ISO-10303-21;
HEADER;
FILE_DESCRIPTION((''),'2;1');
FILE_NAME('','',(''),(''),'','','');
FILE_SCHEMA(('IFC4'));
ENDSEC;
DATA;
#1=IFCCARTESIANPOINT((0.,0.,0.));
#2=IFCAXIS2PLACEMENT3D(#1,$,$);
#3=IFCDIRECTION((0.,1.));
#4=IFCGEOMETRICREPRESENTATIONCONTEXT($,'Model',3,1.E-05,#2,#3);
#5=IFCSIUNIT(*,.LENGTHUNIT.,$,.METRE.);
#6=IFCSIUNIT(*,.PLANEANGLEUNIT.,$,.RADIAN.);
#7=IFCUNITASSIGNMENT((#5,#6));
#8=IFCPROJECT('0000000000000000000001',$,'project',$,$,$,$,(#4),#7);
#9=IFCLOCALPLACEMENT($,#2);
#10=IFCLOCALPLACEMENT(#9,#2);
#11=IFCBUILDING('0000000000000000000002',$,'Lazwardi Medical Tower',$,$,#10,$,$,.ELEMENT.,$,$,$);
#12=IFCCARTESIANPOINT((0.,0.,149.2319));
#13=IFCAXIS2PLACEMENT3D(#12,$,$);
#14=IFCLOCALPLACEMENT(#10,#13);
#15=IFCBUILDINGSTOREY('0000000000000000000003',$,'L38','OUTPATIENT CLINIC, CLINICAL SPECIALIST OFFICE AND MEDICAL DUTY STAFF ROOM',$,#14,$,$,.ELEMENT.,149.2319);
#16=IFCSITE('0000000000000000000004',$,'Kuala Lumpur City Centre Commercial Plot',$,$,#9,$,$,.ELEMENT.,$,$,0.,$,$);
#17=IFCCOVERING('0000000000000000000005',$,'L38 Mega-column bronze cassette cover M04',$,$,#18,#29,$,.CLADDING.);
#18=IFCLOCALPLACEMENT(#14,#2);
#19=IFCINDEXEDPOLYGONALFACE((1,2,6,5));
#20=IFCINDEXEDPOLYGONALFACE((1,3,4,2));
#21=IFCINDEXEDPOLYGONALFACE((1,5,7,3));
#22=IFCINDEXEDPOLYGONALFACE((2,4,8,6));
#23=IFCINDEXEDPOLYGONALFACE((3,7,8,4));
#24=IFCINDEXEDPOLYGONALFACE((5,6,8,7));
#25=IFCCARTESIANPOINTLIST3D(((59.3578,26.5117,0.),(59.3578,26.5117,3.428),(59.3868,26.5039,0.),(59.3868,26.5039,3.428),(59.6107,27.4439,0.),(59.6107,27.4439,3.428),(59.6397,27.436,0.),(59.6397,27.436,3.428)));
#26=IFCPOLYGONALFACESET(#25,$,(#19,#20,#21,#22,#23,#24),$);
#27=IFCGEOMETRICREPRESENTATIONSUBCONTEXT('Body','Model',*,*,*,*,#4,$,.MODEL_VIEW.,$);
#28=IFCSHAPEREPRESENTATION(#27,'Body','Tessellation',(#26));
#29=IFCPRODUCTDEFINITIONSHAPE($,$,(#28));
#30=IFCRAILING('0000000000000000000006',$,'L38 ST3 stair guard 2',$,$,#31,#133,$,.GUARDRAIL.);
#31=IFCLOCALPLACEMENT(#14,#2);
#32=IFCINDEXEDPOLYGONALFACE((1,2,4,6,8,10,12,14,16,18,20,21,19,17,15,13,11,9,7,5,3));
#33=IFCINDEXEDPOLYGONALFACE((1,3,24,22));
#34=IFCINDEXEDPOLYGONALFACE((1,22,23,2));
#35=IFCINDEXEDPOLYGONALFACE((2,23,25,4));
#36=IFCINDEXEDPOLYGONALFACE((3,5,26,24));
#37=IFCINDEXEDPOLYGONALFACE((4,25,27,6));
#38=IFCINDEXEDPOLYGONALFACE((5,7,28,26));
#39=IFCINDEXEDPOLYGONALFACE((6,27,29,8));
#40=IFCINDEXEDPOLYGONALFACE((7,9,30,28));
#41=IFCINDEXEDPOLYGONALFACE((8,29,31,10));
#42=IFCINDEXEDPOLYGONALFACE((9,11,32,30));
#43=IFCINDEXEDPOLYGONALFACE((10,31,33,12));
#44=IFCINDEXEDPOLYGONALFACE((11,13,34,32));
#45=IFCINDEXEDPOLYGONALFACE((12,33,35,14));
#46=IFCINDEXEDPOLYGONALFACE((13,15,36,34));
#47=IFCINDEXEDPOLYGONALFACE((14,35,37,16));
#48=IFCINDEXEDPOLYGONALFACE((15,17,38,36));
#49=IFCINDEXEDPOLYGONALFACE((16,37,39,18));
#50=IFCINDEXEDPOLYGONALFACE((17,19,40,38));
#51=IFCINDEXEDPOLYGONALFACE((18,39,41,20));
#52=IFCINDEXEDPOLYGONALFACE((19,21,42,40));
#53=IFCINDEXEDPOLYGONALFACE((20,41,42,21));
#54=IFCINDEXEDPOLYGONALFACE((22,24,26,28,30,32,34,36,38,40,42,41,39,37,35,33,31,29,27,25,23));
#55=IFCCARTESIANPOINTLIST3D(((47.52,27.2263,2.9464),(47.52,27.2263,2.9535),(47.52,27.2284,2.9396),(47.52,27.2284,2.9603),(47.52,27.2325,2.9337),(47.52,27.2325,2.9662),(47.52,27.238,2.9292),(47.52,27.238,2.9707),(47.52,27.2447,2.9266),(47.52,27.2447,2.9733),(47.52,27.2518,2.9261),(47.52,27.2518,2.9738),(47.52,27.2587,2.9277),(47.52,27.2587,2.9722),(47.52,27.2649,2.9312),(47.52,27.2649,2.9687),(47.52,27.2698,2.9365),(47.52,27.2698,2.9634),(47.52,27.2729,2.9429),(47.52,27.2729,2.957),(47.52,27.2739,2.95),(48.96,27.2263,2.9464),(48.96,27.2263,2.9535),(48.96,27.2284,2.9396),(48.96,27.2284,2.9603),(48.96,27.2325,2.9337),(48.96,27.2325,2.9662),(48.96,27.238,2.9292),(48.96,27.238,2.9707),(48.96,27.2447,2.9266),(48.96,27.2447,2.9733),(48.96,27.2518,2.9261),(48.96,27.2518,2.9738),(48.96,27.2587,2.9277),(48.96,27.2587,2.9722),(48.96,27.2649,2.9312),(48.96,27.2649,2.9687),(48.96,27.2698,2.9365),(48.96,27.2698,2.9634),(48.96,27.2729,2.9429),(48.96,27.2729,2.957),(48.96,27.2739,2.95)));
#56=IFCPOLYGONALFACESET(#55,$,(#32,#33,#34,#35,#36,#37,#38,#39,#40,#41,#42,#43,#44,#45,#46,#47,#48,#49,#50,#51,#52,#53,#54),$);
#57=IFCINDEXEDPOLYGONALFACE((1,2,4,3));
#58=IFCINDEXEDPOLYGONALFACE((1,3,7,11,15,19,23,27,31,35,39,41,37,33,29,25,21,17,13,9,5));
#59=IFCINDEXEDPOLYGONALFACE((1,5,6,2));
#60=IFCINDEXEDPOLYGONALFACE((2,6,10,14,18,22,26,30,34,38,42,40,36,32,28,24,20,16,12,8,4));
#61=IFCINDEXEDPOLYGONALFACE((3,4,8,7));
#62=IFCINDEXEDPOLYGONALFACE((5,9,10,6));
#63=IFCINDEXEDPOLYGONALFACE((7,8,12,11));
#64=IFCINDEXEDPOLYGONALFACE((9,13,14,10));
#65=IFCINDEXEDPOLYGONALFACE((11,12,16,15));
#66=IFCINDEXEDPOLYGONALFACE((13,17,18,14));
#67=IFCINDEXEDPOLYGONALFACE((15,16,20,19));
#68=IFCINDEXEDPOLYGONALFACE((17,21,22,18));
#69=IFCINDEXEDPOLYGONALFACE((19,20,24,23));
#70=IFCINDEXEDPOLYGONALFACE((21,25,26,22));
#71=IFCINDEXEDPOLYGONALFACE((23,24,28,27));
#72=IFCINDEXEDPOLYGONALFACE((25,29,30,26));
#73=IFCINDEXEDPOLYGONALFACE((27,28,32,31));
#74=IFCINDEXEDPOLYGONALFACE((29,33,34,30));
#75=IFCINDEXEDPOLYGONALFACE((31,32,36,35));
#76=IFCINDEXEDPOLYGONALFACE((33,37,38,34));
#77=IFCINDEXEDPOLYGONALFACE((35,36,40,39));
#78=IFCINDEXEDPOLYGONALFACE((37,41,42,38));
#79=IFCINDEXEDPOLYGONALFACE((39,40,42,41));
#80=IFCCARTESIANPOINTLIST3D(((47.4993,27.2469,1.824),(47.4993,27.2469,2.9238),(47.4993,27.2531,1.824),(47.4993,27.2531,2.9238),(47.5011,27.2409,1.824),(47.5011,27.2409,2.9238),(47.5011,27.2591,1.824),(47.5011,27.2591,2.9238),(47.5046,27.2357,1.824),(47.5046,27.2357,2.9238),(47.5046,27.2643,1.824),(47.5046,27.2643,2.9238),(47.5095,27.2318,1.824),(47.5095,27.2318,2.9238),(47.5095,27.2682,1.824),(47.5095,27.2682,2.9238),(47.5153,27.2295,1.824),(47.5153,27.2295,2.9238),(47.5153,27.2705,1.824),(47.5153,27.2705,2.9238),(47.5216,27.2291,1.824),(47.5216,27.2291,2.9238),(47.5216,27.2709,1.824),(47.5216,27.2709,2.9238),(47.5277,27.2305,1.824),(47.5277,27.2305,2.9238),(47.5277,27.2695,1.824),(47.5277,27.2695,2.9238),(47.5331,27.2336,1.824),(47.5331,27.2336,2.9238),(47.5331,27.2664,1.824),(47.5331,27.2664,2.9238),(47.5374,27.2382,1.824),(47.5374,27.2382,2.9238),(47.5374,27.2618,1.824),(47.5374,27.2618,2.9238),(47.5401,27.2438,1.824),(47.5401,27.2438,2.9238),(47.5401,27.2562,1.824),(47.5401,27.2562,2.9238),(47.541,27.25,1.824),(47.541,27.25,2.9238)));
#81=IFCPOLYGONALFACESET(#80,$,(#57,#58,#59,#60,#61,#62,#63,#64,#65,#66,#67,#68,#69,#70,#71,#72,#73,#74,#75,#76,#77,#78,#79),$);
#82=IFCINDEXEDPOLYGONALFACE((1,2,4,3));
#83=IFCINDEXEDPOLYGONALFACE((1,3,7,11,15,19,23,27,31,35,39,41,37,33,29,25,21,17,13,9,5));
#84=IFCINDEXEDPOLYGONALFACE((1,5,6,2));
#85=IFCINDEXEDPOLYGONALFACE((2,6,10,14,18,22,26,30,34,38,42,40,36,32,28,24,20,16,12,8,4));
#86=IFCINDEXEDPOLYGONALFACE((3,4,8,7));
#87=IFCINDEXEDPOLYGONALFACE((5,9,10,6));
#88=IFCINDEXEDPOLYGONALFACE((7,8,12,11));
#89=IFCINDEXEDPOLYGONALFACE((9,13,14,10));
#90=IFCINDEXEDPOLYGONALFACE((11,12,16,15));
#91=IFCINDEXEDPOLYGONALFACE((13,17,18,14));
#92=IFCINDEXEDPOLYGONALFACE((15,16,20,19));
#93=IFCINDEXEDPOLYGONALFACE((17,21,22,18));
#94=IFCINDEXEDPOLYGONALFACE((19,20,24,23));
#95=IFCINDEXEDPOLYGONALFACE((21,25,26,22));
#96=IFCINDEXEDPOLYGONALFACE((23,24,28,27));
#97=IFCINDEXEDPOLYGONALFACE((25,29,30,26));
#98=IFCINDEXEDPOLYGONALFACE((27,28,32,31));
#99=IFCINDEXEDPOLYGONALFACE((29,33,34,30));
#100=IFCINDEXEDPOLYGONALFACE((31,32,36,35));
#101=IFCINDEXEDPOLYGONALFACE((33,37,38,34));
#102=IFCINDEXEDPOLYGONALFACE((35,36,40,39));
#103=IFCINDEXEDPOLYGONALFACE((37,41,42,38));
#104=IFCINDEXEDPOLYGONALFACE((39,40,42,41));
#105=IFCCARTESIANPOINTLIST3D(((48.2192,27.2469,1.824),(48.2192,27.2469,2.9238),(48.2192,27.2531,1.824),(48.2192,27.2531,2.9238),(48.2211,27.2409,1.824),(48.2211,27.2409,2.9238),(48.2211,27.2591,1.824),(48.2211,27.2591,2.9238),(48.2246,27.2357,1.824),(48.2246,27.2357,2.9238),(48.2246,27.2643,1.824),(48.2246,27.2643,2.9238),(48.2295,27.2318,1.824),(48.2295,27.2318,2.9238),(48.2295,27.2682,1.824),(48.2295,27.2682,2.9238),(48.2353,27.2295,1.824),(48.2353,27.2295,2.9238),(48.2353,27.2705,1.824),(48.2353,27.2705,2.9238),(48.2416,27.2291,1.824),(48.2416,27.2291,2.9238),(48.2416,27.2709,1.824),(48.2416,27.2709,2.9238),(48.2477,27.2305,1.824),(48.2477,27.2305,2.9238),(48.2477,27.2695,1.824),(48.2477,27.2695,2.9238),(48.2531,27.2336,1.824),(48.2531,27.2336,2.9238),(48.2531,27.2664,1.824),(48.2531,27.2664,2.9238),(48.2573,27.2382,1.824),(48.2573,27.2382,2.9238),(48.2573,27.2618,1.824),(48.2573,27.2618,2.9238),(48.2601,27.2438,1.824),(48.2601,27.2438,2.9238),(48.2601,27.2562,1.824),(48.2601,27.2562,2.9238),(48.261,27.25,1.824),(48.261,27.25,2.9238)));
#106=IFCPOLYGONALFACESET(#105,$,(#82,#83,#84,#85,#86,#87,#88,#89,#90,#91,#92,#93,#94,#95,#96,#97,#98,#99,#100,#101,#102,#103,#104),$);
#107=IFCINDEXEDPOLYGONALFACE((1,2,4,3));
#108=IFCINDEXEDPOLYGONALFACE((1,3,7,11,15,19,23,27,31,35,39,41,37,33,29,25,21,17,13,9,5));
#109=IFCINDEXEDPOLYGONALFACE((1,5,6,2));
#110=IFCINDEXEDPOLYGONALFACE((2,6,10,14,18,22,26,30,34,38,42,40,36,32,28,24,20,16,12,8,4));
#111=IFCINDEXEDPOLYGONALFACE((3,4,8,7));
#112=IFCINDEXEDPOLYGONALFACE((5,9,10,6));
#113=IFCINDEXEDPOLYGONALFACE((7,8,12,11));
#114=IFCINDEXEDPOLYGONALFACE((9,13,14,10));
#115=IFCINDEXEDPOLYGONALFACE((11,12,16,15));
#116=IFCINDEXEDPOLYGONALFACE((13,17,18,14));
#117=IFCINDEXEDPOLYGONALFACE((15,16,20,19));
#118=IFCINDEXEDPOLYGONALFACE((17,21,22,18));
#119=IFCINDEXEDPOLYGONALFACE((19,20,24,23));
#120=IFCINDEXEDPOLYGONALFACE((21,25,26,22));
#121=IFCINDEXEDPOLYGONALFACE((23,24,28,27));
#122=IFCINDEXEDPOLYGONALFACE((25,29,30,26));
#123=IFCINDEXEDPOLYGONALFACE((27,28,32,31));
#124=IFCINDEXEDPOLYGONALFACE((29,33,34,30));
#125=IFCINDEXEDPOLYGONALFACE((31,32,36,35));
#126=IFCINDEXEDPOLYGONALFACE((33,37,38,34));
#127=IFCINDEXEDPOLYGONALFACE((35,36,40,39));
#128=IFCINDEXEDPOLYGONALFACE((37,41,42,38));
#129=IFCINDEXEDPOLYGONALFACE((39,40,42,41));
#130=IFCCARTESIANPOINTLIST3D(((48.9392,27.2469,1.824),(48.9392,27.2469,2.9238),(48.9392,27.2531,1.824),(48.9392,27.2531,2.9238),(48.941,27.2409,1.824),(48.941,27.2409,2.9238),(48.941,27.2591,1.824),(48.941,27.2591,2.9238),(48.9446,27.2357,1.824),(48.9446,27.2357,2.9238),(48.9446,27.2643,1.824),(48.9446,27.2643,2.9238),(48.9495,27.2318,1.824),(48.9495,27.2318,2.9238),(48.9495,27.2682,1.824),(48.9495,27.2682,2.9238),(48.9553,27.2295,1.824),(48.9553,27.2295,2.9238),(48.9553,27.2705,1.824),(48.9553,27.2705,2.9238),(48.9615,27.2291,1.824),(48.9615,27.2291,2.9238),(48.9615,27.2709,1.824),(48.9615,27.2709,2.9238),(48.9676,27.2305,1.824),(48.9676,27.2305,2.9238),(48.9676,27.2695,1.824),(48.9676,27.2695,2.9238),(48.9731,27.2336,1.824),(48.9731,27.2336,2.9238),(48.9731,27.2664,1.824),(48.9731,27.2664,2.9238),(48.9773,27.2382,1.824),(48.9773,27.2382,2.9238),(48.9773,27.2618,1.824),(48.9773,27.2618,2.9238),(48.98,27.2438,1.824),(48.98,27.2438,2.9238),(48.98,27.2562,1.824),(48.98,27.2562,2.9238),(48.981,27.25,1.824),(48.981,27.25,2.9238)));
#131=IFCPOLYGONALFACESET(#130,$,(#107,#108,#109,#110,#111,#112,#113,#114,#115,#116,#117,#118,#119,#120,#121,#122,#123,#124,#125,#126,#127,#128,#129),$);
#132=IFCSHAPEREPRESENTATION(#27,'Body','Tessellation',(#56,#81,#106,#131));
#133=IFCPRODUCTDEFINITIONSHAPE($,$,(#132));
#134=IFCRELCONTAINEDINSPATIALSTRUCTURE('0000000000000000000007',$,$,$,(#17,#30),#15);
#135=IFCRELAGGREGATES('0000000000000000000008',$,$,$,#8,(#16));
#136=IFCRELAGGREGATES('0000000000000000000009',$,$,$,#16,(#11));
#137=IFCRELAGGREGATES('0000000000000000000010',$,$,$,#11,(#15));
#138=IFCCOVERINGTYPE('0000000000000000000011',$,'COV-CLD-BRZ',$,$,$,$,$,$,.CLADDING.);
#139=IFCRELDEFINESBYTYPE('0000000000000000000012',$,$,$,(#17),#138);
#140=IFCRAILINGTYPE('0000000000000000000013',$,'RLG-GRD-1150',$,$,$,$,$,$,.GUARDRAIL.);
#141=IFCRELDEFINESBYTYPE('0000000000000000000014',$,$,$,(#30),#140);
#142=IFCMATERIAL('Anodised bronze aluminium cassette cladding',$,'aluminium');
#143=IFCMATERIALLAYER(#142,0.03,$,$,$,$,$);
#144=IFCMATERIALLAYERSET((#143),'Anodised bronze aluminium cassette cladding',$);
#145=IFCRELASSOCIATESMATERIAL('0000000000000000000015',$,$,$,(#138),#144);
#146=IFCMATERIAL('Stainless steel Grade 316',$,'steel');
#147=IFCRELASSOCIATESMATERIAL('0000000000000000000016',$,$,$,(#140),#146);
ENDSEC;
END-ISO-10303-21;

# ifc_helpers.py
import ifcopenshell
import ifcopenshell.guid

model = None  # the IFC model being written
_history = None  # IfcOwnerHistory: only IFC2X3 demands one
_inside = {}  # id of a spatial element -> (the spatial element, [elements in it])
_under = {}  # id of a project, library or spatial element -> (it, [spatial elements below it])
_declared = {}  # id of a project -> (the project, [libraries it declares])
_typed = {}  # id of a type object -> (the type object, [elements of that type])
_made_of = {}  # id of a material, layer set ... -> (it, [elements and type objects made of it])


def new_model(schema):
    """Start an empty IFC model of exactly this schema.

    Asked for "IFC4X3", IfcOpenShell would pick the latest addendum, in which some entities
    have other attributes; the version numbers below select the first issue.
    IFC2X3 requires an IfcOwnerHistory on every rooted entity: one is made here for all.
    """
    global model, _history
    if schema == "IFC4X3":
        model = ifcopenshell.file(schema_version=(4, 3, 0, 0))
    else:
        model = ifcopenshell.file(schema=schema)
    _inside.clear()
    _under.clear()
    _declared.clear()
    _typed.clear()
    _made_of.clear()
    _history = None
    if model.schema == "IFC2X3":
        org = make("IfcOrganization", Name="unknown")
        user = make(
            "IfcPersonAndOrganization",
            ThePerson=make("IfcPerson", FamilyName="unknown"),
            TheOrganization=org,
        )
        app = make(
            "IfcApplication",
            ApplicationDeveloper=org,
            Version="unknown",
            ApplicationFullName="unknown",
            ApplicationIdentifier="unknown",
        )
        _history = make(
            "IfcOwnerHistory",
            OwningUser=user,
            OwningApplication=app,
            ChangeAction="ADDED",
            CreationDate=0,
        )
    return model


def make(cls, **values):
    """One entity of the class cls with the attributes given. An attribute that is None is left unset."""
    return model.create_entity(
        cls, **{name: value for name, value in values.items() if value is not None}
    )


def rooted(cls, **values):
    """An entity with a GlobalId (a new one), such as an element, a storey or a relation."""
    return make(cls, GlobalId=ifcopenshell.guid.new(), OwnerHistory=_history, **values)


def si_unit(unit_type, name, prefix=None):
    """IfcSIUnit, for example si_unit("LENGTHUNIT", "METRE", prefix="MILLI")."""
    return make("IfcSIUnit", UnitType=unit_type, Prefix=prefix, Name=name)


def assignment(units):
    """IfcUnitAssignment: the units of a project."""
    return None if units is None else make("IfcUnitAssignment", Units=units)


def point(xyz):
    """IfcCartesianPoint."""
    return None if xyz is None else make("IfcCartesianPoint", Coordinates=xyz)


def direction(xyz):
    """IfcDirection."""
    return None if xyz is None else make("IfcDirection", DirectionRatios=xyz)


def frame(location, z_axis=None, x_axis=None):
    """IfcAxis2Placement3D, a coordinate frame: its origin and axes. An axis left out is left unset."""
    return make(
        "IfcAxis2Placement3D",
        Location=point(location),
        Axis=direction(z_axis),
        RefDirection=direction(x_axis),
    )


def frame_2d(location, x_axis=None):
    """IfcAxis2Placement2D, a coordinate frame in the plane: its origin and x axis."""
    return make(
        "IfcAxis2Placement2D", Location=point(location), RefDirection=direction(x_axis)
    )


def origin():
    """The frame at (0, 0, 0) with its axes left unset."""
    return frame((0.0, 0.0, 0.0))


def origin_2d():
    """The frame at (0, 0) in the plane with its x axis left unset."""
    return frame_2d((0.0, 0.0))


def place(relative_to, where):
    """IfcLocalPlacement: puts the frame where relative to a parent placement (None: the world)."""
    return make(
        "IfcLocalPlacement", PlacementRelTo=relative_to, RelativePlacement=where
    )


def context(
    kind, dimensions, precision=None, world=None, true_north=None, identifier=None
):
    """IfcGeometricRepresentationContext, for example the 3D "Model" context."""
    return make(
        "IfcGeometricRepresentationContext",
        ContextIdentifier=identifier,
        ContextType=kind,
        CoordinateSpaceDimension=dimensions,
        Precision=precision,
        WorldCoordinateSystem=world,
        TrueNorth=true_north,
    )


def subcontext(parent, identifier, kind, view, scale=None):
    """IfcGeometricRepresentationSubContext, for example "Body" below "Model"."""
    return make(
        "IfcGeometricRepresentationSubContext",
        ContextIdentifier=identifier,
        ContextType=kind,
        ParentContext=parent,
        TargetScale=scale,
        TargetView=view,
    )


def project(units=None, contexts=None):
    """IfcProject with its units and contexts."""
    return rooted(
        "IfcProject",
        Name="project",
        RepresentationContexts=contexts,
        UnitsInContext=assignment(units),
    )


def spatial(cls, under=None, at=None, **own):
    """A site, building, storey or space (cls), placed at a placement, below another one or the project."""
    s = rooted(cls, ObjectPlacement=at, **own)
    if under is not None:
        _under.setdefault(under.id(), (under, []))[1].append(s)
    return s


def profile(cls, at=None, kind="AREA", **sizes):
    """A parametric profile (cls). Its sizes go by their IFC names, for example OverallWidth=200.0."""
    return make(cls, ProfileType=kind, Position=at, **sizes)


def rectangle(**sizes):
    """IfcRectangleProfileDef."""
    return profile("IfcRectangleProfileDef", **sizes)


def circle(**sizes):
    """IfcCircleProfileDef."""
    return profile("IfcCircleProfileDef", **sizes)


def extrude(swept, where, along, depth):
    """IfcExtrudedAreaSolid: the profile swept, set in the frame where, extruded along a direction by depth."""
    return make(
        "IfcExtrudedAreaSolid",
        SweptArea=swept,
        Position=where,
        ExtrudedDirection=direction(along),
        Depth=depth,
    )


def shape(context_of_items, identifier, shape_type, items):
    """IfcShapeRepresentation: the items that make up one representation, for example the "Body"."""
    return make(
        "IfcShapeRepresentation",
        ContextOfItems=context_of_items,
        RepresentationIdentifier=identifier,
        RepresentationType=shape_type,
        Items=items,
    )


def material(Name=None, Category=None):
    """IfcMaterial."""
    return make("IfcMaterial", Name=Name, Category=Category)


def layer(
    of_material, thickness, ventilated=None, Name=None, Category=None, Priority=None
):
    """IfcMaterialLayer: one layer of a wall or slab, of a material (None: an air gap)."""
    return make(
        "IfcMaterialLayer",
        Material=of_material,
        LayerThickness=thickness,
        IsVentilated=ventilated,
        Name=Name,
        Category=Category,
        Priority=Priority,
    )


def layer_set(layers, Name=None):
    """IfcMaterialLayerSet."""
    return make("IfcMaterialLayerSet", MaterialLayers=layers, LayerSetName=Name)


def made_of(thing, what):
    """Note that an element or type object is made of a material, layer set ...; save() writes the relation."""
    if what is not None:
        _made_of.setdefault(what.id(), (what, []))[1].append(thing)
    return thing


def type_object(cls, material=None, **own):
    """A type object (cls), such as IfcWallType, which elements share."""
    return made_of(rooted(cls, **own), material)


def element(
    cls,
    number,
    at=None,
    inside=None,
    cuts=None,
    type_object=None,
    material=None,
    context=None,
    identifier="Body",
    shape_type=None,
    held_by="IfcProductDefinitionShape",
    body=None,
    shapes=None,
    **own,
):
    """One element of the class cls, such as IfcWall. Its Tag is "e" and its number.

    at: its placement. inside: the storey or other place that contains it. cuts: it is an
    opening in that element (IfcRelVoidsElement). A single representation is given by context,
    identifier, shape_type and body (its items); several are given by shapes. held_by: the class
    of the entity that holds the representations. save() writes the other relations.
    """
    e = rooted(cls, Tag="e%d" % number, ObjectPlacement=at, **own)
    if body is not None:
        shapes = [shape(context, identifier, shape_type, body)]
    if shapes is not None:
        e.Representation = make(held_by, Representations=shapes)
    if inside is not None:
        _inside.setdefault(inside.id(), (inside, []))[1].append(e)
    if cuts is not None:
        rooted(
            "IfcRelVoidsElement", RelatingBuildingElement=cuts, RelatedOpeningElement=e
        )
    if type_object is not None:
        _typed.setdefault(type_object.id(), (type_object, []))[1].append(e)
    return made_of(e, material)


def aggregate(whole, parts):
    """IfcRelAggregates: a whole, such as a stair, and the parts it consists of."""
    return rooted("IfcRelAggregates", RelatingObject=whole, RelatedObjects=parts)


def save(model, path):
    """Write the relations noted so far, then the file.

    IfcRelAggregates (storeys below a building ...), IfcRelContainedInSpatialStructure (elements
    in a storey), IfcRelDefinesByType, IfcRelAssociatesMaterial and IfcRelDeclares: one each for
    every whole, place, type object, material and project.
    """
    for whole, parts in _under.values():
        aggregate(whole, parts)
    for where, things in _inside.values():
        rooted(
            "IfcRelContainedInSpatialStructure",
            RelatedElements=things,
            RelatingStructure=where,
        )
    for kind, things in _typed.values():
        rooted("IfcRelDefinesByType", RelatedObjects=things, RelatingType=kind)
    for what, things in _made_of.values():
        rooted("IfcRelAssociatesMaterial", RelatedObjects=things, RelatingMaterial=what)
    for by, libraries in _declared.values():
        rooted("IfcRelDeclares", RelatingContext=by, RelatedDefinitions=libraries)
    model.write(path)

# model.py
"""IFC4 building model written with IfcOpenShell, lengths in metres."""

from ifc_helpers import new_model, si_unit, direction, frame, origin, origin_2d, place, context, subcontext, project, spatial, rectangle, circle, extrude, material, layer, layer_set, type_object, element, save


model = new_model("IFC4")

# Units and contexts
model_context = context("Model", 3, precision=1e-05, world=origin(), true_north=direction((0.0, 1.0)))
body_context = subcontext(model_context, "Body", "Model", "MODEL_VIEW")
ifc_project = project(units=[si_unit("LENGTHUNIT", "METRE"), si_unit("PLANEANGLEUNIT", "RADIAN")], contexts=[model_context])

# Site, building, storey
site_placement = place(None, origin())
site = spatial("IfcSite", under=ifc_project, at=site_placement, Name="Kuala Lumpur City Centre Commercial Plot", CompositionType="ELEMENT", RefElevation=0.0)
building_placement = place(site_placement, origin())
building = spatial("IfcBuilding", under=site, at=building_placement, Name="Lazwardi Medical Tower", CompositionType="ELEMENT")
storey_placement = place(building_placement, frame((0.0, 0.0, 149.2319)))
storey = spatial("IfcBuildingStorey", under=building, at=storey_placement, Name="L38", Description="OUTPATIENT CLINIC, CLINICAL SPECIALIST OFFICE AND MEDICAL DUTY STAFF ROOM", CompositionType="ELEMENT", Elevation=149.2319)

# Covering
ifc_material_1 = material(Name="Anodised bronze aluminium cassette cladding", Category="aluminium")
ifc_layer_1 = layer(ifc_material_1, 0.03)
ifc_layer_set_1 = layer_set([ifc_layer_1], Name="Anodised bronze aluminium cassette cladding")
covering_type = type_object("IfcCoveringType", Name="COV-CLD-BRZ", PredefinedType="CLADDING", material=ifc_layer_set_1)
covering_placement = place(storey_placement, frame((59.4988, 26.9739, 0.0), z_axis=(0.0, 0.0, 1.0), x_axis=(0.261829, 0.965114, 0.0)))
element("IfcCovering", 1, at=covering_placement, inside=storey, type_object=covering_type, Name="L38 Mega-column bronze cassette cover M04", PredefinedType="CLADDING", context=body_context, shape_type="SweptSolid", body=[
    extrude(rectangle(XDim=0.9658, YDim=0.03, at=origin_2d()), origin(), (0.0, 0.0, 1.0), 3.428),
])

# Railing
ifc_material_2 = material(Name="Stainless steel Grade 316", Category="steel")
railing_type_1 = type_object("IfcRailingType", Name="RLG-GRD-1150", PredefinedType="GUARDRAIL", material=ifc_material_2)
railing_1_placement = place(storey_placement, frame((47.52, 27.25, 1.824)))
element("IfcRailing", 2, at=railing_1_placement, inside=storey, type_object=railing_type_1, Name="L38 ST3 stair guard 2", PredefinedType="GUARDRAIL", context=body_context, shape_type="SweptSolid", body=[
    extrude(circle(Radius=0.0239, at=origin_2d()), frame((0.0, 0.0, 1.126), z_axis=(1.0, 0.0, 0.0), x_axis=(0.0, 1.0, 0.0)), (0.0, 0.0, 1.0), 1.4399),
    extrude(circle(Radius=0.021, at=origin_2d()), origin(), (0.0, 0.0, 1.0), 1.0999),
    extrude(circle(Radius=0.021, at=origin_2d()), frame((0.72, 0.0, 0.0)), (0.0, 0.0, 1.0), 1.0999),
    extrude(circle(Radius=0.021, at=origin_2d()), frame((1.4399, 0.0, 0.0)), (0.0, 0.0, 1.0), 1.0999),
])

save(model, "model.ifc")
